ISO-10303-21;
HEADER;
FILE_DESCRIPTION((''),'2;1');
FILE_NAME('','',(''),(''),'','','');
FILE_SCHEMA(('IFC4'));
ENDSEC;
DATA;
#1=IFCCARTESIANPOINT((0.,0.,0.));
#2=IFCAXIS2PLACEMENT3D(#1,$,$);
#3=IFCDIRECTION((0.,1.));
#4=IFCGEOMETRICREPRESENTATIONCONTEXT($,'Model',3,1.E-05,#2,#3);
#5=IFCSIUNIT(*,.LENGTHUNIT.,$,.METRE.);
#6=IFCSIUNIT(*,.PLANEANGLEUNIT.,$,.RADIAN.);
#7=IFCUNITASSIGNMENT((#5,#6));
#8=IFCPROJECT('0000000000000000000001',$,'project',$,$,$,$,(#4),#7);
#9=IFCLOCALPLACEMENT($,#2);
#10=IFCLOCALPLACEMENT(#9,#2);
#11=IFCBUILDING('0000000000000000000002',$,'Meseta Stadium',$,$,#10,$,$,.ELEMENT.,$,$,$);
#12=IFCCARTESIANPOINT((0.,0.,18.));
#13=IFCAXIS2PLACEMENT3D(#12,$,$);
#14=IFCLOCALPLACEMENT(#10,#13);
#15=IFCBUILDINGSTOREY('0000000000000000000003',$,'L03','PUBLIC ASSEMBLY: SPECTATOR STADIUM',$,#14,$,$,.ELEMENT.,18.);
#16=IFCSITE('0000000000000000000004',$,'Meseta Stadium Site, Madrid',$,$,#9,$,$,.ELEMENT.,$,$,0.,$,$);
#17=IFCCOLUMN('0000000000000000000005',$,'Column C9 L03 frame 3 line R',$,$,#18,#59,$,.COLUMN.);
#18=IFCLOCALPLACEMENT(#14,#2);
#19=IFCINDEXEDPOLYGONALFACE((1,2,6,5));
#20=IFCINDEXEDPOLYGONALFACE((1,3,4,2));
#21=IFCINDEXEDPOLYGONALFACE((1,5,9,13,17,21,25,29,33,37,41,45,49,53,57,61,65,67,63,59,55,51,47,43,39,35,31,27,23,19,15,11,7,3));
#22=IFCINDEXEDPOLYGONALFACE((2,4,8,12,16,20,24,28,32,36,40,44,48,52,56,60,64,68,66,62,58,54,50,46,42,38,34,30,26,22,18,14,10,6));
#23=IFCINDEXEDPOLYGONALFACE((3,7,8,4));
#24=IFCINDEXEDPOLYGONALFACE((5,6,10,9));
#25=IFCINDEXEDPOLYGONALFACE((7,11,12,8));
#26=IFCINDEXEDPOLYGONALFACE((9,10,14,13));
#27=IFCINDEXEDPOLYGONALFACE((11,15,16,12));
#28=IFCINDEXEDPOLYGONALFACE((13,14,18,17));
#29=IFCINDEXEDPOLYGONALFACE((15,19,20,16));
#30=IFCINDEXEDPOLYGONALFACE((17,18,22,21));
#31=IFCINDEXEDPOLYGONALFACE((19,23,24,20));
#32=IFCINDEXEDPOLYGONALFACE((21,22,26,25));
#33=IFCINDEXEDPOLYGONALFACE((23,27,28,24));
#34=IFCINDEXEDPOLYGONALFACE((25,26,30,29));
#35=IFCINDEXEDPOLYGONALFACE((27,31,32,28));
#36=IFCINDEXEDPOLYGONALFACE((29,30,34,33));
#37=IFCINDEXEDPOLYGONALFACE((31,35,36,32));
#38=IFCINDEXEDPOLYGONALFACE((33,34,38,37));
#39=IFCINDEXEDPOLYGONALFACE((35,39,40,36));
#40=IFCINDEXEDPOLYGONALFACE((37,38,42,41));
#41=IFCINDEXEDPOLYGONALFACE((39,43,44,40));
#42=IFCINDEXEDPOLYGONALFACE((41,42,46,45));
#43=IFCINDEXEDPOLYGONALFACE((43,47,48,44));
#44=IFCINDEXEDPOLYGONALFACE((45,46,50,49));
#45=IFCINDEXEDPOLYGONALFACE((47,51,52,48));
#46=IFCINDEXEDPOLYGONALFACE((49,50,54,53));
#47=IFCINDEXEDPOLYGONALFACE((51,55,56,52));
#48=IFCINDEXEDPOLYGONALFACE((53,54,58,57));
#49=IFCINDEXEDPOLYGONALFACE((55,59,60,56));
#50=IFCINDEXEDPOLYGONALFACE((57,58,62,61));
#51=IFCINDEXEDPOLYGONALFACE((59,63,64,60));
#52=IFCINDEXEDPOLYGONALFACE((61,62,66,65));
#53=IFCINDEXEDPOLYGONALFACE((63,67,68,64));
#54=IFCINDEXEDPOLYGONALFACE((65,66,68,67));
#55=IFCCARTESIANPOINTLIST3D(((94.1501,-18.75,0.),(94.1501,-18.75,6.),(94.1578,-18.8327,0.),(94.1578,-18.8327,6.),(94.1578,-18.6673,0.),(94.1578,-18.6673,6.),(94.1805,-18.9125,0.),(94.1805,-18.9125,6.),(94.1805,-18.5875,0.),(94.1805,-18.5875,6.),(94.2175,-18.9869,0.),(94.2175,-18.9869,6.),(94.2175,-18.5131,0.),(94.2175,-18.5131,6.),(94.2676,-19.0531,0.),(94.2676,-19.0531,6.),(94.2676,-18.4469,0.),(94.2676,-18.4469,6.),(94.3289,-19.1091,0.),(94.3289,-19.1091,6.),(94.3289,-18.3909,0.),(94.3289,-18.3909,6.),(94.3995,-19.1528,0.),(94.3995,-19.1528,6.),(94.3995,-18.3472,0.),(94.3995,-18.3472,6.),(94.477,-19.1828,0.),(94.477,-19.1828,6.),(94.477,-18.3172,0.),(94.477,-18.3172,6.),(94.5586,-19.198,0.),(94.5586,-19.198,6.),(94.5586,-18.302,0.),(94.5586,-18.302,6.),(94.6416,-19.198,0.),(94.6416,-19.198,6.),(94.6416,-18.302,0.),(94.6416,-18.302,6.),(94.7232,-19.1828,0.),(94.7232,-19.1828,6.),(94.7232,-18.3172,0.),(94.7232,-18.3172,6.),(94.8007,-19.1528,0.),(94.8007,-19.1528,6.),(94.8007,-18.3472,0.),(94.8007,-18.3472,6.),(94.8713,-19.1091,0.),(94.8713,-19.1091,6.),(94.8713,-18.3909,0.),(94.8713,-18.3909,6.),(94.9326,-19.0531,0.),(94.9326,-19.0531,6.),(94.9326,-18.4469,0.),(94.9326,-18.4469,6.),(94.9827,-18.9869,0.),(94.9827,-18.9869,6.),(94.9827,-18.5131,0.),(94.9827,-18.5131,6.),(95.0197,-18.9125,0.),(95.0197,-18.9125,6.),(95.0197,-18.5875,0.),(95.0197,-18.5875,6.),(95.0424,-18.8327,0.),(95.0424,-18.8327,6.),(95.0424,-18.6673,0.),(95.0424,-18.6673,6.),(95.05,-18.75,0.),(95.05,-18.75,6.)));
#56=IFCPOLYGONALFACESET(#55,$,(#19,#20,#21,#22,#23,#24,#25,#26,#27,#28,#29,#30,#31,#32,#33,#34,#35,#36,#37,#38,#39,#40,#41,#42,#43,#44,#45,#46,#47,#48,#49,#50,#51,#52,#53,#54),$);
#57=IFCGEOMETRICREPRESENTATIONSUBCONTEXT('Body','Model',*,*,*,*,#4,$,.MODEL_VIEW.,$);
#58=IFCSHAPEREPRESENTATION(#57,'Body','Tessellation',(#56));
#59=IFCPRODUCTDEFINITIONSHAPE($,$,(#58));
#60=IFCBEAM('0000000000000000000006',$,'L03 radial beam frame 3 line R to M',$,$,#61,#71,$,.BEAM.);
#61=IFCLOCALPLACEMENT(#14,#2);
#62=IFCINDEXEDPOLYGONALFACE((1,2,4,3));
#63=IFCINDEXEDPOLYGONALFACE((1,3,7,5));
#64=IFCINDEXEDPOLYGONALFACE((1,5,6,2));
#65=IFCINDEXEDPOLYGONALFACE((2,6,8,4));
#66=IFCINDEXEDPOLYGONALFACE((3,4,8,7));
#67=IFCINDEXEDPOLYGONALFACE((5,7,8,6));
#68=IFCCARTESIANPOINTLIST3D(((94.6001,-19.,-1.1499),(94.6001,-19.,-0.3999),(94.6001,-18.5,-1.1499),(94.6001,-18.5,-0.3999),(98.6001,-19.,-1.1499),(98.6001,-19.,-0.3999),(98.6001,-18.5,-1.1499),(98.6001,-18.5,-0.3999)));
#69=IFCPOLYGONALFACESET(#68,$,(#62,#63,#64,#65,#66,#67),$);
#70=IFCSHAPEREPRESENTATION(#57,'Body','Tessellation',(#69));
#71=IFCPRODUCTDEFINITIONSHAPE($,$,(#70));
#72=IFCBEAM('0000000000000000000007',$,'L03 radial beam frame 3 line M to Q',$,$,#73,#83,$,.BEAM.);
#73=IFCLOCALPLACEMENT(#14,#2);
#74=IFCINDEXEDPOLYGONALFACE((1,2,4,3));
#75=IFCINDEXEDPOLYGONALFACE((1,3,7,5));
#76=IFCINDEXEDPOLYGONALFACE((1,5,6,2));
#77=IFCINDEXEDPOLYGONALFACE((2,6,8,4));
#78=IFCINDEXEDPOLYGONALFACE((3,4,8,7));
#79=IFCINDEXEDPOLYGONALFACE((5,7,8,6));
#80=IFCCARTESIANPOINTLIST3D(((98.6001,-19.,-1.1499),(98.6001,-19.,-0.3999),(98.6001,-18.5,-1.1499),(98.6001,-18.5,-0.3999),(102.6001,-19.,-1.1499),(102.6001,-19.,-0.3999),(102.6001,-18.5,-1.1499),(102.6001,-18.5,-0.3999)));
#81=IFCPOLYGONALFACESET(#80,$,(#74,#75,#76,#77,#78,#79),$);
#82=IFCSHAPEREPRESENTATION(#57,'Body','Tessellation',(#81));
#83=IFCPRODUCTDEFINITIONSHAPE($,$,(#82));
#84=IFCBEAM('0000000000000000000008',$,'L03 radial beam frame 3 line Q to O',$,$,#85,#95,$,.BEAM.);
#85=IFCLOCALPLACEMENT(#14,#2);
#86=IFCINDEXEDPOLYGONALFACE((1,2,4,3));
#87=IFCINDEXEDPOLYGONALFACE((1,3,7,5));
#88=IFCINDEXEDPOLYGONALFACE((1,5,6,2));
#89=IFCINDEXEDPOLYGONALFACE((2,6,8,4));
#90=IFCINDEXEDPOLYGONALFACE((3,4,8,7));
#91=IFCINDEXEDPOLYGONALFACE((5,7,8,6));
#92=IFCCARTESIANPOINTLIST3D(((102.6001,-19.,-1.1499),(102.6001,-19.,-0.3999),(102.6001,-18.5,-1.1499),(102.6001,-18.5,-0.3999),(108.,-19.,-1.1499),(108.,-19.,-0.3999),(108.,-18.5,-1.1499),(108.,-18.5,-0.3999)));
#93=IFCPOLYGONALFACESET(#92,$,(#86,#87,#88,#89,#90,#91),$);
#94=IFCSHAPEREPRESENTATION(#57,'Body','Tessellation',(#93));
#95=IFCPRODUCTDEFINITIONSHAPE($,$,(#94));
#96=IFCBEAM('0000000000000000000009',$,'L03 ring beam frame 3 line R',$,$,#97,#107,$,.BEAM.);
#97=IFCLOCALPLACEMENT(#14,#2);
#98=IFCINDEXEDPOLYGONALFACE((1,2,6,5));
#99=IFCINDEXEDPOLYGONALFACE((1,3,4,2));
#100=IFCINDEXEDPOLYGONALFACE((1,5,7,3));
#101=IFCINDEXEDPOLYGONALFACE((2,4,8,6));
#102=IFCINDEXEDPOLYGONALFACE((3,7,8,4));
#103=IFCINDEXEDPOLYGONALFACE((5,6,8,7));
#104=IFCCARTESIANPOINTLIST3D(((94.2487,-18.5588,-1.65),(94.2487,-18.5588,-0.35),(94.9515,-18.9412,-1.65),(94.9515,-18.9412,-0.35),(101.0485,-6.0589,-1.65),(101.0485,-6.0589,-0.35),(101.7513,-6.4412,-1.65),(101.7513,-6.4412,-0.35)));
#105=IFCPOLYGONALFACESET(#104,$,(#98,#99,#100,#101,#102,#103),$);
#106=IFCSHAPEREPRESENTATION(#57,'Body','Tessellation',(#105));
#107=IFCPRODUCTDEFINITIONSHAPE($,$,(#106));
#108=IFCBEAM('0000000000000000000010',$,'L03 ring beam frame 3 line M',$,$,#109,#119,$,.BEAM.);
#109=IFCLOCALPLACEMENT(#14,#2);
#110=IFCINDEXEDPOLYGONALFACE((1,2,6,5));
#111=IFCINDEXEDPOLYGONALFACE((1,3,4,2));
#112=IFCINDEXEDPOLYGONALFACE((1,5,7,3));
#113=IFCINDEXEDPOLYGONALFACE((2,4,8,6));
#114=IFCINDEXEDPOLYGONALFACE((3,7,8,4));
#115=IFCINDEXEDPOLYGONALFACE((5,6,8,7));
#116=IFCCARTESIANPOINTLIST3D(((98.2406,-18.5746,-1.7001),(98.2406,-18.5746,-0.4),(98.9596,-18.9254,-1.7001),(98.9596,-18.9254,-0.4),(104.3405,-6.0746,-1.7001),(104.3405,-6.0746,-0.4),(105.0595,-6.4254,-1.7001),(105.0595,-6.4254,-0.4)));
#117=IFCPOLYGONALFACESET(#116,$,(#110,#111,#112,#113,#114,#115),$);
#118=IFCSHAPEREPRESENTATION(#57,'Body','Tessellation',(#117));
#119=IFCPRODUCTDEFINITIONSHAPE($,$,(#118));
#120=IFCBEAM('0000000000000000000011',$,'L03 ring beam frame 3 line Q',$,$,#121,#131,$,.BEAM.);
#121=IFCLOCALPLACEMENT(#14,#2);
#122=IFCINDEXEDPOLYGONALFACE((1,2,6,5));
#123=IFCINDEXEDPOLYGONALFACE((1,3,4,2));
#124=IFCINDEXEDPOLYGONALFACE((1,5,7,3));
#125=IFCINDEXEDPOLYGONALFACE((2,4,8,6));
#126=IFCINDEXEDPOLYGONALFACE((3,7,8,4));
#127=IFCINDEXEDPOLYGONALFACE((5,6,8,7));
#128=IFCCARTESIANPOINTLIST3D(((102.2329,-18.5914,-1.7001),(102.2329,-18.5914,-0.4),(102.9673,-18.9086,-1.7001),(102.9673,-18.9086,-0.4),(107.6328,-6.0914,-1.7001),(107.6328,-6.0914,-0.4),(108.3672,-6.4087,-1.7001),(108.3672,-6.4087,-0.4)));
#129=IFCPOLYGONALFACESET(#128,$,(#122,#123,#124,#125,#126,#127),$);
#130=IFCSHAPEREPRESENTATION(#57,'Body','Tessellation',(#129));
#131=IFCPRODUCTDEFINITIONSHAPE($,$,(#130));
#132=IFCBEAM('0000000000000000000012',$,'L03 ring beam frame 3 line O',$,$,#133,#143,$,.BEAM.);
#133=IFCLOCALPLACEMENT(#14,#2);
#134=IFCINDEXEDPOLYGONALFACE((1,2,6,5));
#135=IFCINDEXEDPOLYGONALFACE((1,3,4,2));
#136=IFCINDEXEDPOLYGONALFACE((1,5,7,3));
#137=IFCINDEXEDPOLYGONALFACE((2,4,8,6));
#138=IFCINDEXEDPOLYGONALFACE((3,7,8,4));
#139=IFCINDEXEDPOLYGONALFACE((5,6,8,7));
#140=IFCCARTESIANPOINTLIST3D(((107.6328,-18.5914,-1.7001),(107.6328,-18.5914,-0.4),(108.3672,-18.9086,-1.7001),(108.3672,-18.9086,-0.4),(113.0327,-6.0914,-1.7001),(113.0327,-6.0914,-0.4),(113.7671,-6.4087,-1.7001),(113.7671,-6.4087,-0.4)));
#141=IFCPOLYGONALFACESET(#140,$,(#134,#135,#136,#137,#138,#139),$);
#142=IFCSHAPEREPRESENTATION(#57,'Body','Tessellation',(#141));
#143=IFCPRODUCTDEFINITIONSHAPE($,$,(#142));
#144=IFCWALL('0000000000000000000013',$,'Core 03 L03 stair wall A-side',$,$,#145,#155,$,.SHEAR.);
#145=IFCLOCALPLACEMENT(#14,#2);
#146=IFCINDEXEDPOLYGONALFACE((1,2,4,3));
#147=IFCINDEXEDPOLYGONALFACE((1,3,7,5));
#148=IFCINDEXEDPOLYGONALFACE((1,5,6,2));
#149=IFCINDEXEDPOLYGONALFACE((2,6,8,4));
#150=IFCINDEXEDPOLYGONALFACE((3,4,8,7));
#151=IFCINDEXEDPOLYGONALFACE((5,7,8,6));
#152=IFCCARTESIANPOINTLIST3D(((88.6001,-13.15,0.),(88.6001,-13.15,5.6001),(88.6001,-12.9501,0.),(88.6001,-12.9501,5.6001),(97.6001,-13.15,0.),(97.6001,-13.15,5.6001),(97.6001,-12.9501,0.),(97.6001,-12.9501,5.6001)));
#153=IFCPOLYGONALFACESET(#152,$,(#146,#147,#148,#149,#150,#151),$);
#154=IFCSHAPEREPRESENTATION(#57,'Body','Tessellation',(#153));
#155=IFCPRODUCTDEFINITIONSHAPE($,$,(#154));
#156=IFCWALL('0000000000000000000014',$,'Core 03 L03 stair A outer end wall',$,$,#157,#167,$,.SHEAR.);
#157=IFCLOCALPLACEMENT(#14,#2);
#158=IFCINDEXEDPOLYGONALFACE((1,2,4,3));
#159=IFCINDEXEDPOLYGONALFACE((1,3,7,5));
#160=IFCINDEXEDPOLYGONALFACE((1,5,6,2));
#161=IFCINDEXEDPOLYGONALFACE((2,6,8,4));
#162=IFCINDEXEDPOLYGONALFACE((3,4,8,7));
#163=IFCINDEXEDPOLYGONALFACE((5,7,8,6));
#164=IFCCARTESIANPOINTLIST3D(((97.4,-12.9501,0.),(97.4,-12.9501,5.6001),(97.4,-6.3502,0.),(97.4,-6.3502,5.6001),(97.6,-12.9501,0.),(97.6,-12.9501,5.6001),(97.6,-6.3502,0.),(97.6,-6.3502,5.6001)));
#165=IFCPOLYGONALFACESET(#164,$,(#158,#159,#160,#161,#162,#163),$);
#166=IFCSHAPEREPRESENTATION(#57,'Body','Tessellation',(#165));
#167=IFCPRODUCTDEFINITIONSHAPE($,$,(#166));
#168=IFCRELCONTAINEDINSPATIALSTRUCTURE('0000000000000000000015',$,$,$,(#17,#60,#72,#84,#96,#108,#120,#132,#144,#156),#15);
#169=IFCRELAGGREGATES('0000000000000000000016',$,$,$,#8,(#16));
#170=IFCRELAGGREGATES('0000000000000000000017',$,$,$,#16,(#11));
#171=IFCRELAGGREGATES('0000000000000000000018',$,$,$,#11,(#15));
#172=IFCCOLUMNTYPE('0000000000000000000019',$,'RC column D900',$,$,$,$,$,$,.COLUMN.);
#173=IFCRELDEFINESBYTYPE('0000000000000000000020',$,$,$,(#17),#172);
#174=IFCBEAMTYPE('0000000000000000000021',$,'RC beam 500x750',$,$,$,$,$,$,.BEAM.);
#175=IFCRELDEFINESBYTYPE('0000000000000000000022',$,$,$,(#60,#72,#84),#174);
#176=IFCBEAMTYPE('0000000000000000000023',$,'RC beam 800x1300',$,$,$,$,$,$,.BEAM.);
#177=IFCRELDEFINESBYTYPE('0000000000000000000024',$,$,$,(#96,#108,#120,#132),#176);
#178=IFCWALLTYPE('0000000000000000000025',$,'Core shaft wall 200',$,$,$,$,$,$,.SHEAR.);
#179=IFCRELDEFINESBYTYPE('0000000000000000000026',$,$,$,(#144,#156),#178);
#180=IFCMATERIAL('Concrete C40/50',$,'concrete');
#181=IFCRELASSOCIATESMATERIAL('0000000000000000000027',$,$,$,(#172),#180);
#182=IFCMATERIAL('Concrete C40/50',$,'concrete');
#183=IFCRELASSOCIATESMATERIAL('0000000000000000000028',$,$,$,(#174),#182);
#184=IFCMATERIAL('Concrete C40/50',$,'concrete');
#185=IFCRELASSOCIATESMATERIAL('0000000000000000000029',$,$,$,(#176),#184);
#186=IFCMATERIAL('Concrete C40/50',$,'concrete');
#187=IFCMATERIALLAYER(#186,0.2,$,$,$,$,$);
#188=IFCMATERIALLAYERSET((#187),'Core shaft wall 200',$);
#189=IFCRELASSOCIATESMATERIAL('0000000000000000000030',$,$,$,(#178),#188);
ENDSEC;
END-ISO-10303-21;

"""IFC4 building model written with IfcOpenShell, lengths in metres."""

from ifc_helpers import new_model, si_unit, direction, frame, frame_2d, origin, origin_2d, place, context, subcontext, project, spatial, rectangle, circle, extrude, material, layer, layer_set, material_profile, profile_set, type_object, element, save


model = new_model("IFC4")

# Units and contexts
model_context = context("Model", 3, precision=1e-05, world=origin(), true_north=direction((0.0, 1.0)))
body_context = subcontext(model_context, "Body", "Model", "MODEL_VIEW")
ifc_project = project(units=[si_unit("LENGTHUNIT", "METRE"), si_unit("PLANEANGLEUNIT", "RADIAN")], contexts=[model_context])

# Site, building, storey
site_placement = place(None, origin())
site = spatial("IfcSite", under=ifc_project, at=site_placement, Name="Meseta Stadium Site, Madrid", CompositionType="ELEMENT", RefElevation=0.0)
building_placement = place(site_placement, origin())
building = spatial("IfcBuilding", under=site, at=building_placement, Name="Meseta Stadium", CompositionType="ELEMENT")
storey_placement = place(building_placement, frame((0.0, 0.0, 18.0)))
storey = spatial("IfcBuildingStorey", under=building, at=storey_placement, Name="L03", Description="PUBLIC ASSEMBLY: SPECTATOR STADIUM", CompositionType="ELEMENT", Elevation=18.0)

# Column
ifc_material_1 = material(Name="Concrete C40/50", Category="concrete")
ifc_material_profile_1 = material_profile(ifc_material_1, circle(Radius=0.45, at=origin_2d()), Name="RC D900")
ifc_profile_set_1 = profile_set([ifc_material_profile_1], Name="Concrete C40/50")
column_type = type_object("IfcColumnType", Name="RC column D900", PredefinedType="COLUMN", material=ifc_profile_set_1)
column_placement = place(storey_placement, frame((94.6001, -18.75, 0.0), z_axis=(0.0, 0.0, 1.0), x_axis=(1.0, 0.0, 0.0)))
element("IfcColumn", 1, at=column_placement, inside=storey, type_object=column_type, Name="Column C9 L03 frame 3 line R", PredefinedType="COLUMN", context=body_context, shape_type="SweptSolid", body=[
    extrude(circle(Radius=0.45, at=origin_2d()), origin(), (0.0, 0.0, 1.0), 6.0),
])

# Beams
ifc_material_2 = material(Name="Concrete C40/50", Category="concrete")
ifc_material_profile_2 = material_profile(ifc_material_2, rectangle(XDim=0.5, YDim=0.75, at=origin_2d()), Name="RC 500x750")
ifc_profile_set_2 = profile_set([ifc_material_profile_2], Name="Concrete C40/50")
beam_type_1 = type_object("IfcBeamType", Name="RC beam 500x750", PredefinedType="BEAM", material=ifc_profile_set_2)
for number, where, z_axis, x_axis, name in (
    (2, (94.6001, -18.75, -0.7749), (1.0, 0.0, 0.0), (0.0, 1.0, 0.0), "L03 radial beam frame 3 line R to M"),
    (3, (98.6001, -18.75, -0.7749), (1.0, 0.0, 0.0), (0.0, 1.0, 0.0), "L03 radial beam frame 3 line M to Q"),
):
    element("IfcBeam", number, at=place(storey_placement, frame(where, z_axis=z_axis, x_axis=x_axis)), inside=storey, type_object=beam_type_1, Name=name, PredefinedType="BEAM", context=body_context, shape_type="SweptSolid", body=[
        extrude(rectangle(XDim=0.5, YDim=0.75, at=origin_2d()), origin(), (0.0, 0.0, 1.0), 4.0),
    ])
beam_1_placement = place(storey_placement, frame((102.6001, -18.75, -0.7749), z_axis=(1.0, 0.0, 0.0), x_axis=(0.0, 1.0, 0.0)))
element("IfcBeam", 4, at=beam_1_placement, inside=storey, type_object=beam_type_1, Name="L03 radial beam frame 3 line Q to O", PredefinedType="BEAM", context=body_context, shape_type="SweptSolid", body=[
    extrude(rectangle(XDim=0.5, YDim=0.75, at=origin_2d()), origin(), (0.0, 0.0, 1.0), 5.3999),
])
ifc_material_3 = material(Name="Concrete C40/50", Category="concrete")
ifc_material_profile_3 = material_profile(ifc_material_3, rectangle(XDim=0.8, YDim=1.3, at=origin_2d()), Name="RC 800x1300")
ifc_profile_set_3 = profile_set([ifc_material_profile_3], Name="Concrete C40/50")
beam_type_2 = type_object("IfcBeamType", Name="RC beam 800x1300", PredefinedType="BEAM", material=ifc_profile_set_3)
beam_2_placement = place(storey_placement, frame((94.6001, -18.75, -1.0), z_axis=(0.477856, 0.878438, 0.0), x_axis=(-0.878438, 0.477856, 0.0)))
element("IfcBeam", 5, at=beam_2_placement, inside=storey, type_object=beam_type_2, Name="L03 ring beam frame 3 line R", PredefinedType="BEAM", context=body_context, shape_type="SweptSolid", body=[
    extrude(rectangle(XDim=0.8, YDim=1.3, at=origin_2d()), origin(), (0.0, 0.0, 1.0), 14.2297),
])
beam_3_placement = place(storey_placement, frame((98.6001, -18.75, -1.05), z_axis=(0.438557, 0.898703, 0.0), x_axis=(-0.898703, 0.438557, 0.0)))
element("IfcBeam", 6, at=beam_3_placement, inside=storey, type_object=beam_type_2, Name="L03 ring beam frame 3 line M", PredefinedType="BEAM", context=body_context, shape_type="SweptSolid", body=[
    extrude(rectangle(XDim=0.8, YDim=1.3, at=origin_2d()), origin(), (0.0, 0.0, 1.0), 13.9089),
])
for number, where, z_axis, x_axis, name in (
    (7, (102.6001, -18.75, -1.05), (0.396571, 0.918004, 0.0), (-0.918004, 0.396571, 0.0), "L03 ring beam frame 3 line Q"),
    (8, (108.0, -18.75, -1.05), (0.396571, 0.918004, 0.0), (-0.918004, 0.396571, 0.0), "L03 ring beam frame 3 line O"),
):
    element("IfcBeam", number, at=place(storey_placement, frame(where, z_axis=z_axis, x_axis=x_axis)), inside=storey, type_object=beam_type_2, Name=name, PredefinedType="BEAM", context=body_context, shape_type="SweptSolid", body=[
        extrude(rectangle(XDim=0.8, YDim=1.3, at=origin_2d()), origin(), (0.0, 0.0, 1.0), 13.6165),
    ])

# Walls
ifc_material_4 = material(Name="Concrete C40/50", Category="concrete")
ifc_layer_1 = layer(ifc_material_4, 0.2)
ifc_layer_set_1 = layer_set([ifc_layer_1], Name="Core shaft wall 200")
wall_type_1 = type_object("IfcWallType", Name="Core shaft wall 200", PredefinedType="SHEAR", material=ifc_layer_set_1)
wall_1_placement = place(storey_placement, frame((97.6001, -13.05, 0.0), z_axis=(0.0, 0.0, 1.0), x_axis=(-1.0, 0.0, 0.0)))
element("IfcWall", 9, at=wall_1_placement, inside=storey, type_object=wall_type_1, Name="Core 03 L03 stair wall A-side", PredefinedType="SHEAR", context=body_context, shape_type="SweptSolid", body=[
    extrude(rectangle(XDim=9.0, YDim=0.2, at=frame_2d((4.5, 0.0))), origin(), (0.0, 0.0, 1.0), 5.6001),
])
wall_2_placement = place(storey_placement, frame((97.5, -12.95, 0.0), z_axis=(0.0, 0.0, 1.0), x_axis=(0.0, 1.0, 0.0)))
element("IfcWall", 10, at=wall_2_placement, inside=storey, type_object=wall_type_1, Name="Core 03 L03 stair A outer end wall", PredefinedType="SHEAR", context=body_context, shape_type="SweptSolid", body=[
    extrude(rectangle(XDim=6.5999, YDim=0.2, at=frame_2d((3.2998, 0.0))), origin(), (0.0, 0.0, 1.0), 5.6001),
])

save(model, "model.ifc")
